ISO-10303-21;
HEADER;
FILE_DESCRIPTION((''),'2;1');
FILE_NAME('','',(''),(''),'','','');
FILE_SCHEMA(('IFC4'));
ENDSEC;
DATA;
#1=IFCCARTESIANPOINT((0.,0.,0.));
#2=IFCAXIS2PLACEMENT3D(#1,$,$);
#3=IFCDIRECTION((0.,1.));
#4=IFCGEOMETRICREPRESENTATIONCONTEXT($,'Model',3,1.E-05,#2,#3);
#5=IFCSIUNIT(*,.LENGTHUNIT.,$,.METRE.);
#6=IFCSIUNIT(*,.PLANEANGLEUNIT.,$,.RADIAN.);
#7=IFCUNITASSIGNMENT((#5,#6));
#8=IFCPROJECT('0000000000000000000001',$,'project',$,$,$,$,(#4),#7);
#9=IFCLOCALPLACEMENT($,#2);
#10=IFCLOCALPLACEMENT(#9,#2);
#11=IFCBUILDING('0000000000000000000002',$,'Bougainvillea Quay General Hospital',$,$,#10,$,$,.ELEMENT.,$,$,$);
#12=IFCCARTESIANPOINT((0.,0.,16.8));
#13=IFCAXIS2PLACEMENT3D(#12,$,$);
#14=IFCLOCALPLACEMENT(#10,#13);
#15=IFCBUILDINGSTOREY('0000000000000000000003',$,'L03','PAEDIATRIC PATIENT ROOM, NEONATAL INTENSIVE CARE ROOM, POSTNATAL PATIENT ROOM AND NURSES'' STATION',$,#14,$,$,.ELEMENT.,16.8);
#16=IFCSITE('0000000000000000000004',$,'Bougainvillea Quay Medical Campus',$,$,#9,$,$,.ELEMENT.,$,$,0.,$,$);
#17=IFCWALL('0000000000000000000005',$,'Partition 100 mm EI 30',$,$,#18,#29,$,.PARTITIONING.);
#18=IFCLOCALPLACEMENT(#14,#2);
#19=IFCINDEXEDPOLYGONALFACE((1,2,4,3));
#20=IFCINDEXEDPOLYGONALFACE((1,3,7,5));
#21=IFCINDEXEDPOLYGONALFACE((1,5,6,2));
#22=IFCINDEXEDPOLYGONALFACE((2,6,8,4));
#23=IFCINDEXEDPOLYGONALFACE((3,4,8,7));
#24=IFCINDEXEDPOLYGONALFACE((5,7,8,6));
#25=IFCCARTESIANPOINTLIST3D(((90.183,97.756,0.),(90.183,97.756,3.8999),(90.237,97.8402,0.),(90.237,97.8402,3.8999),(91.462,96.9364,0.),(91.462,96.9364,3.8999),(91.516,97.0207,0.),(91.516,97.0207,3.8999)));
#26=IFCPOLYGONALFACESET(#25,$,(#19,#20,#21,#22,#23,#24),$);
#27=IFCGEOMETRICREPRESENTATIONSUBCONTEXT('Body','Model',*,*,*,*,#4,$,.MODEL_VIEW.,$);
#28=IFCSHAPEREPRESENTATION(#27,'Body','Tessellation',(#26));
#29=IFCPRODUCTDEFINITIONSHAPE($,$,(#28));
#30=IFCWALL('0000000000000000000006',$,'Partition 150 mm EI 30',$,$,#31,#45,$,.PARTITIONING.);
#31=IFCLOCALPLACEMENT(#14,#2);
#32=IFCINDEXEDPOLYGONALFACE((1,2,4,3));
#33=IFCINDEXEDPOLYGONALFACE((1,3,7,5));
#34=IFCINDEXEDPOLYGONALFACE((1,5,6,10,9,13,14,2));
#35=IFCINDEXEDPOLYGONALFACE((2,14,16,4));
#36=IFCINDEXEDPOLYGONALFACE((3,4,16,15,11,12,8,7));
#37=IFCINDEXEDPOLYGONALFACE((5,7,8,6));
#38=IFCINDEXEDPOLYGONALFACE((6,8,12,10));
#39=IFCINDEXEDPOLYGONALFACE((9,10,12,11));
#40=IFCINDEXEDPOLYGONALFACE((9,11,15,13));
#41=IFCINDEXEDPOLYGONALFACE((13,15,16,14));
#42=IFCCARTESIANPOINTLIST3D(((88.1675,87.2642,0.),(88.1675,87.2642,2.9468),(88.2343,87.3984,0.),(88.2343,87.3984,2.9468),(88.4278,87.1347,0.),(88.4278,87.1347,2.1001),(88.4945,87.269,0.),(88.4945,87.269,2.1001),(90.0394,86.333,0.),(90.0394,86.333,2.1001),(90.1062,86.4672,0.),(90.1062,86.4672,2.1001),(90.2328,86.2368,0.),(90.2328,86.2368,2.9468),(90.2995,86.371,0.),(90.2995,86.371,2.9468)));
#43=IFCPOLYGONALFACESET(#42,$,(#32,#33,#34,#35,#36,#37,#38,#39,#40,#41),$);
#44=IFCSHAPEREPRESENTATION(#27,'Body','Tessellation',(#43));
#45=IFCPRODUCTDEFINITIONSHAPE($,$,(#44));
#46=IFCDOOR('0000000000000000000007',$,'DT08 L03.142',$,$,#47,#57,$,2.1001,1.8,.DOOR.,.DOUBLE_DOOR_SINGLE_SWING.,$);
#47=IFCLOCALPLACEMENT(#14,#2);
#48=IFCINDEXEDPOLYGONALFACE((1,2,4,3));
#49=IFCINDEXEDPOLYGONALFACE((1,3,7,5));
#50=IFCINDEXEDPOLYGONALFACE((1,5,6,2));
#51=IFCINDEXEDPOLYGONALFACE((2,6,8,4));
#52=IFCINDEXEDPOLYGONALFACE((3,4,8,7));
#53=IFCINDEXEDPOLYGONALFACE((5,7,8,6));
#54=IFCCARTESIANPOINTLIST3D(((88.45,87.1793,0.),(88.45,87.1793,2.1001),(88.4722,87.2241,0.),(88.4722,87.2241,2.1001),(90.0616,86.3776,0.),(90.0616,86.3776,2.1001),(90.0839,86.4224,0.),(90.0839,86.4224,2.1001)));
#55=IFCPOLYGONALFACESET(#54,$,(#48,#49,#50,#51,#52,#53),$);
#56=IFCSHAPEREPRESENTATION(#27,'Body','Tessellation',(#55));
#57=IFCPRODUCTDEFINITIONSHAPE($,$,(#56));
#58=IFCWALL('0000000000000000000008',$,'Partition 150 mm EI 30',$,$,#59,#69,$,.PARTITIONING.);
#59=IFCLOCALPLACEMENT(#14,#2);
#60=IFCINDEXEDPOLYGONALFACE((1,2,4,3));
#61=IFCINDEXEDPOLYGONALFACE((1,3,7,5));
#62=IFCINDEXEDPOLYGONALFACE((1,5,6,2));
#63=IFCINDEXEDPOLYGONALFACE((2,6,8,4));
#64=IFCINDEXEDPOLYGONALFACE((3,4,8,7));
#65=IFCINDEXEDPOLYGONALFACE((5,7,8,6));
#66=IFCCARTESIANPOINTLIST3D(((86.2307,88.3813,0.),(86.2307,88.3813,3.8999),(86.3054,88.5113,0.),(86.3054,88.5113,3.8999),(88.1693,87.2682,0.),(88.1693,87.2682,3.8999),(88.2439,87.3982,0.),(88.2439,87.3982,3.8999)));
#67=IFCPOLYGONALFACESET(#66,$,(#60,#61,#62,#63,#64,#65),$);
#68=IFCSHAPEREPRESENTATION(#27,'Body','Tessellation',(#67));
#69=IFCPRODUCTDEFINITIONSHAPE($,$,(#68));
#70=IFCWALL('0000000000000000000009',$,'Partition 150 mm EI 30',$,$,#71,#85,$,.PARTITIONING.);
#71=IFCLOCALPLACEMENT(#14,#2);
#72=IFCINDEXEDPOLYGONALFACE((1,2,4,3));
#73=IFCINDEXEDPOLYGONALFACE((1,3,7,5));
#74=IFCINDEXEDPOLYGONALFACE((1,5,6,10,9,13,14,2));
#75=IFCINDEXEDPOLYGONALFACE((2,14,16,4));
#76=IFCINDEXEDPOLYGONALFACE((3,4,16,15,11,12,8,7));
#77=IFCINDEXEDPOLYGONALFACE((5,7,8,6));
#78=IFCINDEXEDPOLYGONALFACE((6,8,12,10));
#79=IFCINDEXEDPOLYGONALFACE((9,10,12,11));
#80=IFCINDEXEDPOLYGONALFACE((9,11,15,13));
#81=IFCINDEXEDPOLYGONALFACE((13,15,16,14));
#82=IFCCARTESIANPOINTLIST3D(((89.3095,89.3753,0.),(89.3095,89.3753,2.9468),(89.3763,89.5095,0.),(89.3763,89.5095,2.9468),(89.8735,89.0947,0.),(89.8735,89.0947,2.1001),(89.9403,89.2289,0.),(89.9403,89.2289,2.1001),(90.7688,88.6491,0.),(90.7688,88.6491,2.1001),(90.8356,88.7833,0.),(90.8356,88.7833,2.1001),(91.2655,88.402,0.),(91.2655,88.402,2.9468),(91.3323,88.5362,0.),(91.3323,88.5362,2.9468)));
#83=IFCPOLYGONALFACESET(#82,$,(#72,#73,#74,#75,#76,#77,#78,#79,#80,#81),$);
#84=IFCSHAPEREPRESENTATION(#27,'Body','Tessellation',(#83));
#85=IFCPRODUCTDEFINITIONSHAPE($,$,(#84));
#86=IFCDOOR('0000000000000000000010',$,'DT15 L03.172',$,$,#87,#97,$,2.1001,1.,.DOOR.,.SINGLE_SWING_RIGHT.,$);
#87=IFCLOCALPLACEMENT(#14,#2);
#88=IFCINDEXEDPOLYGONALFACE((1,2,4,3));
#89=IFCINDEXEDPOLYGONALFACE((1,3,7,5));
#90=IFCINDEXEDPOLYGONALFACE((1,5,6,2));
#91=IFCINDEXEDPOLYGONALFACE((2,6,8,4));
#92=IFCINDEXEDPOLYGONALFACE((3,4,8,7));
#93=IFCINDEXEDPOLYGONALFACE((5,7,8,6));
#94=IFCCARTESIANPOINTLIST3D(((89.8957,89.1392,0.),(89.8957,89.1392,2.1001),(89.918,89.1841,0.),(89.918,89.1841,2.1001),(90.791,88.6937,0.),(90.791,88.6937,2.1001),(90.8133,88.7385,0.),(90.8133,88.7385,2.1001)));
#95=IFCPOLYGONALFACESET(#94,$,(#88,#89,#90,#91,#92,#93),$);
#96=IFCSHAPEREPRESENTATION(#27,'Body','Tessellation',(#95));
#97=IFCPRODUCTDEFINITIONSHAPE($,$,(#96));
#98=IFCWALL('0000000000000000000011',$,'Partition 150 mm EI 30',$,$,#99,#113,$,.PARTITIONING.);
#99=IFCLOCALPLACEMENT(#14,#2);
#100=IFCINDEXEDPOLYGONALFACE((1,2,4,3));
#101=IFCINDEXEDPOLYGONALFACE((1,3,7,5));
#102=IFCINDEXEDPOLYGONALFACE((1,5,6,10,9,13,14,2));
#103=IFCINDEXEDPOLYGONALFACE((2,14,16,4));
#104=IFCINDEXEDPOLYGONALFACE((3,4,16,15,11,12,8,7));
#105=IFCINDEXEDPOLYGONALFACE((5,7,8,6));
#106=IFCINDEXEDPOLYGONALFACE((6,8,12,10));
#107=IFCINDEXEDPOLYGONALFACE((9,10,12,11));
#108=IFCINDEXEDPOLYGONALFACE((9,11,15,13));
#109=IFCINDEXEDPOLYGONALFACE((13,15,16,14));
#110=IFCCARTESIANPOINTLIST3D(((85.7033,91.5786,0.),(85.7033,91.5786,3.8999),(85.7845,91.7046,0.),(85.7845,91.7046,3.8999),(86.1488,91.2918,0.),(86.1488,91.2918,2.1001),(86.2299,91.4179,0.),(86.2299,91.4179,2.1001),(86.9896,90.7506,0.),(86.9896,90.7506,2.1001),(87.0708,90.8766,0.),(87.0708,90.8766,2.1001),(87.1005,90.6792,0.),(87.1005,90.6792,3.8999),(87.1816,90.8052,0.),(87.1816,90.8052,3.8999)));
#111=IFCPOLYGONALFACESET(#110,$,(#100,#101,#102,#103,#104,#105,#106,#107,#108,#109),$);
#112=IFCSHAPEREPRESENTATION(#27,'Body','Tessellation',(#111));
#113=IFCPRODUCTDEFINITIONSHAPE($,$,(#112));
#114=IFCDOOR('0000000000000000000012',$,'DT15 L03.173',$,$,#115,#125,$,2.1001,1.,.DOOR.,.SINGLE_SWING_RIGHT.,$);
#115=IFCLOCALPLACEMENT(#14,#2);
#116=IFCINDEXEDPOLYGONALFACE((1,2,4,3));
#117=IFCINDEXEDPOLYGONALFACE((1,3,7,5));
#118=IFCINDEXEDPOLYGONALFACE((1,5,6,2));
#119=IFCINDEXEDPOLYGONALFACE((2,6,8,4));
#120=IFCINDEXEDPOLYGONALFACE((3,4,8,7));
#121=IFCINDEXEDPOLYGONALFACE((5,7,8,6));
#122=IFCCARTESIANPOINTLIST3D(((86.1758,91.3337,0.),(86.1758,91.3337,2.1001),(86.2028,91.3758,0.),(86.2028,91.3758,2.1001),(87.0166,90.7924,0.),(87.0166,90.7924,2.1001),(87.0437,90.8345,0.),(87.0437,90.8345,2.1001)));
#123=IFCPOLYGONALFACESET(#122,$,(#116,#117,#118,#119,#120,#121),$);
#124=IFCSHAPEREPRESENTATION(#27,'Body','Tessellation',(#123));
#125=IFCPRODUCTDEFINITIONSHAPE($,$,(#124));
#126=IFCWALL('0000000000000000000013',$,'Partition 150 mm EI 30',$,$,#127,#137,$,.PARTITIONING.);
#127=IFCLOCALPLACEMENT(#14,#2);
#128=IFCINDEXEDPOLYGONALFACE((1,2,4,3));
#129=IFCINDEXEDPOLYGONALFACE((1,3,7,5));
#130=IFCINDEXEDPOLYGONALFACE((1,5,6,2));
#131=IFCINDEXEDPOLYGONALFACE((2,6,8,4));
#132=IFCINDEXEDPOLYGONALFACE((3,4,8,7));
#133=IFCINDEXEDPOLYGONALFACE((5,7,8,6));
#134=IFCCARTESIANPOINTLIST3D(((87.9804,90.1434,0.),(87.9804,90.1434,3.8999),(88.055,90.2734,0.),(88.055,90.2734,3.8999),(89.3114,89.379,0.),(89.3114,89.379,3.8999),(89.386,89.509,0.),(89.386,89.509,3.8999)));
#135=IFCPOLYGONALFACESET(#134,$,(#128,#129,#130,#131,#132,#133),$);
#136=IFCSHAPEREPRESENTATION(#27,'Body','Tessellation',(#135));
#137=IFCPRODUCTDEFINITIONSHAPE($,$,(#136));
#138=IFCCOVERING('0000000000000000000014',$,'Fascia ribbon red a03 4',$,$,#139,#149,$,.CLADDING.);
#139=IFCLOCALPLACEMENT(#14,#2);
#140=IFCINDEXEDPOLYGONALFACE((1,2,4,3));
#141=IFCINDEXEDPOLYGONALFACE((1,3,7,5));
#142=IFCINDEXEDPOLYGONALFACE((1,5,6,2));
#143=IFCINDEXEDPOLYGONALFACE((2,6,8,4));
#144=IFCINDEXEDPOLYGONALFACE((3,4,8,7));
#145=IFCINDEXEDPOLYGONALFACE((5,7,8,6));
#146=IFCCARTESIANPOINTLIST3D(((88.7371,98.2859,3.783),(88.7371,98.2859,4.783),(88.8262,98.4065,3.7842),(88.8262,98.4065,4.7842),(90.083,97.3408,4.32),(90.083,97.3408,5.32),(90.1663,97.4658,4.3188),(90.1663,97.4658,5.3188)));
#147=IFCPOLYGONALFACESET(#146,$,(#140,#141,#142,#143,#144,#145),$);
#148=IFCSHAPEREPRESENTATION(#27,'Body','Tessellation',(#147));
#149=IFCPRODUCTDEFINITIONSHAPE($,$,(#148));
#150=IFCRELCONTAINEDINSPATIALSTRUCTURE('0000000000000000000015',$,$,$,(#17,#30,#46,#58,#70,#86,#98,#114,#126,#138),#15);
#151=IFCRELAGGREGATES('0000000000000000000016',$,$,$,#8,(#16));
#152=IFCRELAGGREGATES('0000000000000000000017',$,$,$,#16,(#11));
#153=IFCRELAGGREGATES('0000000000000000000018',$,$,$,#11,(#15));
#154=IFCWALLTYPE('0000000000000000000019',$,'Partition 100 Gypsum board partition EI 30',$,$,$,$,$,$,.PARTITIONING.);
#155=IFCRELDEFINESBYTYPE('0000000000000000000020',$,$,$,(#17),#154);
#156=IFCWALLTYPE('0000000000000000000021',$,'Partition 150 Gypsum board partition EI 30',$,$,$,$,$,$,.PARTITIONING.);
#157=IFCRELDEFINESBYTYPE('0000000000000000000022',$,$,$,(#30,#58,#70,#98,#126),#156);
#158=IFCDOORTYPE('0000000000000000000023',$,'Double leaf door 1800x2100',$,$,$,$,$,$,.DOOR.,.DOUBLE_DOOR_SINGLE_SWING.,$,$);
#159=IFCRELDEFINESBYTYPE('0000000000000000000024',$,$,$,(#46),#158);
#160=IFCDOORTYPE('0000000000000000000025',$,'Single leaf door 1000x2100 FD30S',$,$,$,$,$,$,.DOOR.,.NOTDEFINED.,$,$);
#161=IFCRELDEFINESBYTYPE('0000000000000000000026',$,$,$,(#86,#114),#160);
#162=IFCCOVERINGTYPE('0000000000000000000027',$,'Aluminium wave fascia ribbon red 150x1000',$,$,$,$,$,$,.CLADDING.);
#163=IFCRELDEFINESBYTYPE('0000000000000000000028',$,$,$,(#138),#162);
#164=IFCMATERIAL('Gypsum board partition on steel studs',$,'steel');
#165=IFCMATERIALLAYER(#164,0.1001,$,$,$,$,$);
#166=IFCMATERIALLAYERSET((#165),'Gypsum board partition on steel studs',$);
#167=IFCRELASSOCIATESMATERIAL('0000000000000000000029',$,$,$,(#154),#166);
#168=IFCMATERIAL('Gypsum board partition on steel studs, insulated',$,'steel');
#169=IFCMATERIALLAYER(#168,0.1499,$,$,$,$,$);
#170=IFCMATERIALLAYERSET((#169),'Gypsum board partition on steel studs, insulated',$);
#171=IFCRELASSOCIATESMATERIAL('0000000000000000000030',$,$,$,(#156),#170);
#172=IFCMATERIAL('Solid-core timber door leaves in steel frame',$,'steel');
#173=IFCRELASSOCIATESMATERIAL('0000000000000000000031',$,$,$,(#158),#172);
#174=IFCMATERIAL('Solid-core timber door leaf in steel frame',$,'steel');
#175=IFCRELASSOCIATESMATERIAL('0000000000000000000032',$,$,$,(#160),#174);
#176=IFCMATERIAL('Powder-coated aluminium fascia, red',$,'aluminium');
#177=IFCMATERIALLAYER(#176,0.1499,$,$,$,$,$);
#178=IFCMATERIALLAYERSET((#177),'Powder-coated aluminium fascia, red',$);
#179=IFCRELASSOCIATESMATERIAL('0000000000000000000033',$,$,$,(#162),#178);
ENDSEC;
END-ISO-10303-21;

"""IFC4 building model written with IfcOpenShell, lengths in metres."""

from ifc_helpers import new_model, si_unit, direction, frame, frame_2d, origin, place, context, subcontext, project, spatial, polyline, rectangle, outline, extrude, material, layer, layer_set, type_object, element, fill, save


model = new_model("IFC4")

# Units and contexts
model_context = context("Model", 3, precision=1e-05, world=origin(), true_north=direction((0.0, 1.0)))
body_context = subcontext(model_context, "Body", "Model", "MODEL_VIEW")
ifc_project = project(units=[si_unit("LENGTHUNIT", "METRE"), si_unit("PLANEANGLEUNIT", "RADIAN")], contexts=[model_context])

# Site, building, storey
site_placement = place(None, origin())
site = spatial("IfcSite", under=ifc_project, at=site_placement, Name="Bougainvillea Quay Medical Campus", CompositionType="ELEMENT", RefElevation=0.0)
building_placement = place(site_placement, origin())
building = spatial("IfcBuilding", under=site, at=building_placement, Name="Bougainvillea Quay General Hospital", CompositionType="ELEMENT")
storey_placement = place(building_placement, frame((0.0, 0.0, 16.8)))
storey = spatial("IfcBuildingStorey", under=building, at=storey_placement, Name="L03", Description="PAEDIATRIC PATIENT ROOM, NEONATAL INTENSIVE CARE ROOM, POSTNATAL PATIENT ROOM AND NURSES' STATION", CompositionType="ELEMENT", Elevation=16.8)

# Wall
ifc_material_1 = material(Name="Gypsum board partition on steel studs", Category="steel")
ifc_layer_1 = layer(ifc_material_1, 0.1001)
ifc_layer_set_1 = layer_set([ifc_layer_1], Name="Gypsum board partition on steel studs")
wall_type_1 = type_object("IfcWallType", Name="Partition 100 Gypsum board partition EI 30", PredefinedType="PARTITIONING", material=ifc_layer_set_1)
wall_1_placement = place(storey_placement, frame((90.21, 97.7981, 0.0), z_axis=(0.0, 0.0, 1.0), x_axis=(0.841976, -0.539514, 0.0)))
element("IfcWall", 1, at=wall_1_placement, inside=storey, type_object=wall_type_1, Name="Partition 100 mm EI 30", PredefinedType="PARTITIONING", context=body_context, shape_type="SweptSolid", body=[
    extrude(rectangle(XDim=1.519, YDim=0.1001, at=frame_2d((0.7595, 0.0))), origin(), (0.0, 0.0, 1.0), 3.8999),
])

# Wall, opening, door
ifc_material_2 = material(Name="Gypsum board partition on steel studs, insulated", Category="steel")
ifc_layer_2 = layer(ifc_material_2, 0.1499)
ifc_layer_set_2 = layer_set([ifc_layer_2], Name="Gypsum board partition on steel studs, insulated")
wall_type_2 = type_object("IfcWallType", Name="Partition 150 Gypsum board partition EI 30", PredefinedType="PARTITIONING", material=ifc_layer_set_2)
wall_2_placement = place(storey_placement, frame((88.2009, 87.3313, 0.0), z_axis=(0.0, 0.0, 1.0), x_axis=(0.895336, -0.445392, 0.0)))
wall_2 = element("IfcWall", 2, at=wall_2_placement, inside=storey, type_object=wall_type_2, Name="Partition 150 mm EI 30", PredefinedType="PARTITIONING", context=body_context, shape_type="SweptSolid", body=[
    extrude(rectangle(XDim=2.3066, YDim=0.1499, at=frame_2d((1.1533, 0.0))), origin(), (0.0, 0.0, 1.0), 2.9468),
])
opening_1_placement = place(wall_2_placement, frame((0.2908, 0.0, 0.0)))
opening_1 = element("IfcOpeningElement", 3, at=opening_1_placement, cuts=wall_2, PredefinedType="OPENING", context=body_context, shape_type="SweptSolid", body=[
    extrude(rectangle(XDim=1.8, YDim=2.1001, at=frame_2d((0.8999, 1.05))), frame((0.0, 0.085, 0.0), z_axis=(0.0, -1.0, 0.0), x_axis=(1.0, 0.0, 0.0)), (0.0, 0.0, 1.0), 0.1699),
])
ifc_material_3 = material(Name="Solid-core timber door leaves in steel frame", Category="steel")
door_type_1 = type_object("IfcDoorType", Name="Double leaf door 1800x2100", OperationType="DOUBLE_DOOR_SINGLE_SWING", PredefinedType="DOOR", material=ifc_material_3)
door_1_placement = place(opening_1_placement, origin())
door_1 = element("IfcDoor", 4, at=door_1_placement, inside=storey, type_object=door_type_1, Name="DT08 L03.142", OperationType="DOUBLE_DOOR_SINGLE_SWING", OverallHeight=2.1001, OverallWidth=1.8, PredefinedType="DOOR", context=body_context, shape_type="SweptSolid", body=[
    extrude(rectangle(XDim=1.8, YDim=2.1001, at=frame_2d((0.8999, 1.05))), frame((0.0, 0.0249, 0.0), z_axis=(0.0, -1.0, 0.0), x_axis=(1.0, 0.0, 0.0)), (0.0, 0.0, 1.0), 0.05),
])
fill(opening_1, door_1)

# Wall
wall_3_placement = place(storey_placement, frame((86.2681, 88.4463, 0.0), z_axis=(0.0, 0.0, 1.0), x_axis=(0.867213, -0.497937, 0.0)))
element("IfcWall", 5, at=wall_3_placement, inside=storey, type_object=wall_type_2, Name="Partition 150 mm EI 30", PredefinedType="PARTITIONING", context=body_context, shape_type="SweptSolid", body=[
    extrude(rectangle(XDim=2.2354, YDim=0.1499, at=frame_2d((1.1177, 0.0))), origin(), (0.0, 0.0, 1.0), 3.8999),
])

# Walls, openings, doors
wall_4_placement = place(storey_placement, frame((89.343, 89.4424, 0.0), z_axis=(0.0, 0.0, 1.0), x_axis=(0.895275, -0.445514, 0.0)))
wall_4 = element("IfcWall", 6, at=wall_4_placement, inside=storey, type_object=wall_type_2, Name="Partition 150 mm EI 30", PredefinedType="PARTITIONING", context=body_context, shape_type="SweptSolid", body=[
    extrude(rectangle(XDim=2.1848, YDim=0.1499, at=frame_2d((1.0923, 0.0))), origin(), (0.0, 0.0, 1.0), 2.9468),
])
opening_2_placement = place(wall_4_placement, frame((0.6299, 0.0, 0.0)))
opening_2 = element("IfcOpeningElement", 7, at=opening_2_placement, cuts=wall_4, PredefinedType="OPENING", context=body_context, shape_type="SweptSolid", body=[
    extrude(rectangle(XDim=1.0, YDim=2.1001, at=frame_2d((0.5, 1.05))), frame((0.0, 0.085, 0.0), z_axis=(0.0, -1.0, 0.0), x_axis=(1.0, 0.0, 0.0)), (0.0, 0.0, 1.0), 0.1699),
])
ifc_material_4 = material(Name="Solid-core timber door leaf in steel frame", Category="steel")
door_type_2 = type_object("IfcDoorType", Name="Single leaf door 1000x2100 FD30S", OperationType="NOTDEFINED", PredefinedType="DOOR", material=ifc_material_4)
door_2_placement = place(opening_2_placement, origin())
door_2 = element("IfcDoor", 8, at=door_2_placement, inside=storey, type_object=door_type_2, Name="DT15 L03.172", OperationType="SINGLE_SWING_RIGHT", OverallHeight=2.1001, OverallWidth=1.0, PredefinedType="DOOR", context=body_context, shape_type="SweptSolid", body=[
    extrude(rectangle(XDim=1.0, YDim=2.1001, at=frame_2d((0.5, 1.05))), frame((0.0, 0.0249, 0.0), z_axis=(0.0, -1.0, 0.0), x_axis=(1.0, 0.0, 0.0)), (0.0, 0.0, 1.0), 0.05),
])
fill(opening_2, door_2)
wall_5_placement = place(storey_placement, frame((85.7439, 91.6416, 0.0), z_axis=(0.0, 0.0, 1.0), x_axis=(0.840849, -0.54127, 0.0)))
wall_5 = element("IfcWall", 9, at=wall_5_placement, inside=storey, type_object=wall_type_2, Name="Partition 150 mm EI 30", PredefinedType="PARTITIONING", context=body_context, shape_type="SweptSolid", body=[
    extrude(rectangle(XDim=1.6616, YDim=0.1499, at=frame_2d((0.8308, 0.0))), origin(), (0.0, 0.0, 1.0), 3.8999),
])
opening_3_placement = place(wall_5_placement, frame((0.5298, 0.0, 0.0)))
opening_3 = element("IfcOpeningElement", 10, at=opening_3_placement, cuts=wall_5, PredefinedType="OPENING", context=body_context, shape_type="SweptSolid", body=[
    extrude(rectangle(XDim=1.0, YDim=2.1001, at=frame_2d((0.5, 1.05))), frame((0.0, 0.085, 0.0), z_axis=(0.0, -1.0, 0.0), x_axis=(1.0, 0.0, 0.0)), (0.0, 0.0, 1.0), 0.1699),
])
door_3_placement = place(opening_3_placement, origin())
door_3 = element("IfcDoor", 11, at=door_3_placement, inside=storey, type_object=door_type_2, Name="DT15 L03.173", OperationType="SINGLE_SWING_RIGHT", OverallHeight=2.1001, OverallWidth=1.0, PredefinedType="DOOR", context=body_context, shape_type="SweptSolid", body=[
    extrude(rectangle(XDim=1.0, YDim=2.1001, at=frame_2d((0.5, 1.05))), frame((0.0, 0.0249, 0.0), z_axis=(0.0, -1.0, 0.0), x_axis=(1.0, 0.0, 0.0)), (0.0, 0.0, 1.0), 0.05),
])
fill(opening_3, door_3)

# Wall
wall_6_placement = place(storey_placement, frame((88.0176, 90.2085, 0.0), z_axis=(0.0, 0.0, 1.0), x_axis=(0.867174, -0.498005, 0.0)))
element("IfcWall", 12, at=wall_6_placement, inside=storey, type_object=wall_type_2, Name="Partition 150 mm EI 30", PredefinedType="PARTITIONING", context=body_context, shape_type="SweptSolid", body=[
    extrude(rectangle(XDim=1.5349, YDim=0.1499, at=frame_2d((0.7676, 0.0))), origin(), (0.0, 0.0, 1.0), 3.8999),
])

# Covering
ifc_material_5 = material(Name="Powder-coated aluminium fascia, red", Category="aluminium")
ifc_layer_3 = layer(ifc_material_5, 0.1499)
ifc_layer_set_3 = layer_set([ifc_layer_3], Name="Powder-coated aluminium fascia, red")
covering_type = type_object("IfcCoveringType", Name="Aluminium wave fascia ribbon red 150x1000", PredefinedType="CLADDING", material=ifc_layer_set_3)
covering_placement = place(storey_placement, frame((90.1663, 97.4658, 4.3188), z_axis=(-0.254107, 0.17833, 0.950594), x_axis=(-0.778043, 0.546147, -0.310438)))
element("IfcCovering", 13, at=covering_placement, inside=storey, type_object=covering_type, Name="Fascia ribbon red a03 4", PredefinedType="CLADDING", context=body_context, shape_type="SweptSolid", body=[
    extrude(outline(polyline([(0.0, 0.0), (1.7224, 0.0), (1.7262, 0.1499), (-0.0039, 0.1501), (0.0, 0.0)])), origin(), (-0.310438, -0.000032, 0.950594), 1.0),
])

save(model, "model.ifc")
